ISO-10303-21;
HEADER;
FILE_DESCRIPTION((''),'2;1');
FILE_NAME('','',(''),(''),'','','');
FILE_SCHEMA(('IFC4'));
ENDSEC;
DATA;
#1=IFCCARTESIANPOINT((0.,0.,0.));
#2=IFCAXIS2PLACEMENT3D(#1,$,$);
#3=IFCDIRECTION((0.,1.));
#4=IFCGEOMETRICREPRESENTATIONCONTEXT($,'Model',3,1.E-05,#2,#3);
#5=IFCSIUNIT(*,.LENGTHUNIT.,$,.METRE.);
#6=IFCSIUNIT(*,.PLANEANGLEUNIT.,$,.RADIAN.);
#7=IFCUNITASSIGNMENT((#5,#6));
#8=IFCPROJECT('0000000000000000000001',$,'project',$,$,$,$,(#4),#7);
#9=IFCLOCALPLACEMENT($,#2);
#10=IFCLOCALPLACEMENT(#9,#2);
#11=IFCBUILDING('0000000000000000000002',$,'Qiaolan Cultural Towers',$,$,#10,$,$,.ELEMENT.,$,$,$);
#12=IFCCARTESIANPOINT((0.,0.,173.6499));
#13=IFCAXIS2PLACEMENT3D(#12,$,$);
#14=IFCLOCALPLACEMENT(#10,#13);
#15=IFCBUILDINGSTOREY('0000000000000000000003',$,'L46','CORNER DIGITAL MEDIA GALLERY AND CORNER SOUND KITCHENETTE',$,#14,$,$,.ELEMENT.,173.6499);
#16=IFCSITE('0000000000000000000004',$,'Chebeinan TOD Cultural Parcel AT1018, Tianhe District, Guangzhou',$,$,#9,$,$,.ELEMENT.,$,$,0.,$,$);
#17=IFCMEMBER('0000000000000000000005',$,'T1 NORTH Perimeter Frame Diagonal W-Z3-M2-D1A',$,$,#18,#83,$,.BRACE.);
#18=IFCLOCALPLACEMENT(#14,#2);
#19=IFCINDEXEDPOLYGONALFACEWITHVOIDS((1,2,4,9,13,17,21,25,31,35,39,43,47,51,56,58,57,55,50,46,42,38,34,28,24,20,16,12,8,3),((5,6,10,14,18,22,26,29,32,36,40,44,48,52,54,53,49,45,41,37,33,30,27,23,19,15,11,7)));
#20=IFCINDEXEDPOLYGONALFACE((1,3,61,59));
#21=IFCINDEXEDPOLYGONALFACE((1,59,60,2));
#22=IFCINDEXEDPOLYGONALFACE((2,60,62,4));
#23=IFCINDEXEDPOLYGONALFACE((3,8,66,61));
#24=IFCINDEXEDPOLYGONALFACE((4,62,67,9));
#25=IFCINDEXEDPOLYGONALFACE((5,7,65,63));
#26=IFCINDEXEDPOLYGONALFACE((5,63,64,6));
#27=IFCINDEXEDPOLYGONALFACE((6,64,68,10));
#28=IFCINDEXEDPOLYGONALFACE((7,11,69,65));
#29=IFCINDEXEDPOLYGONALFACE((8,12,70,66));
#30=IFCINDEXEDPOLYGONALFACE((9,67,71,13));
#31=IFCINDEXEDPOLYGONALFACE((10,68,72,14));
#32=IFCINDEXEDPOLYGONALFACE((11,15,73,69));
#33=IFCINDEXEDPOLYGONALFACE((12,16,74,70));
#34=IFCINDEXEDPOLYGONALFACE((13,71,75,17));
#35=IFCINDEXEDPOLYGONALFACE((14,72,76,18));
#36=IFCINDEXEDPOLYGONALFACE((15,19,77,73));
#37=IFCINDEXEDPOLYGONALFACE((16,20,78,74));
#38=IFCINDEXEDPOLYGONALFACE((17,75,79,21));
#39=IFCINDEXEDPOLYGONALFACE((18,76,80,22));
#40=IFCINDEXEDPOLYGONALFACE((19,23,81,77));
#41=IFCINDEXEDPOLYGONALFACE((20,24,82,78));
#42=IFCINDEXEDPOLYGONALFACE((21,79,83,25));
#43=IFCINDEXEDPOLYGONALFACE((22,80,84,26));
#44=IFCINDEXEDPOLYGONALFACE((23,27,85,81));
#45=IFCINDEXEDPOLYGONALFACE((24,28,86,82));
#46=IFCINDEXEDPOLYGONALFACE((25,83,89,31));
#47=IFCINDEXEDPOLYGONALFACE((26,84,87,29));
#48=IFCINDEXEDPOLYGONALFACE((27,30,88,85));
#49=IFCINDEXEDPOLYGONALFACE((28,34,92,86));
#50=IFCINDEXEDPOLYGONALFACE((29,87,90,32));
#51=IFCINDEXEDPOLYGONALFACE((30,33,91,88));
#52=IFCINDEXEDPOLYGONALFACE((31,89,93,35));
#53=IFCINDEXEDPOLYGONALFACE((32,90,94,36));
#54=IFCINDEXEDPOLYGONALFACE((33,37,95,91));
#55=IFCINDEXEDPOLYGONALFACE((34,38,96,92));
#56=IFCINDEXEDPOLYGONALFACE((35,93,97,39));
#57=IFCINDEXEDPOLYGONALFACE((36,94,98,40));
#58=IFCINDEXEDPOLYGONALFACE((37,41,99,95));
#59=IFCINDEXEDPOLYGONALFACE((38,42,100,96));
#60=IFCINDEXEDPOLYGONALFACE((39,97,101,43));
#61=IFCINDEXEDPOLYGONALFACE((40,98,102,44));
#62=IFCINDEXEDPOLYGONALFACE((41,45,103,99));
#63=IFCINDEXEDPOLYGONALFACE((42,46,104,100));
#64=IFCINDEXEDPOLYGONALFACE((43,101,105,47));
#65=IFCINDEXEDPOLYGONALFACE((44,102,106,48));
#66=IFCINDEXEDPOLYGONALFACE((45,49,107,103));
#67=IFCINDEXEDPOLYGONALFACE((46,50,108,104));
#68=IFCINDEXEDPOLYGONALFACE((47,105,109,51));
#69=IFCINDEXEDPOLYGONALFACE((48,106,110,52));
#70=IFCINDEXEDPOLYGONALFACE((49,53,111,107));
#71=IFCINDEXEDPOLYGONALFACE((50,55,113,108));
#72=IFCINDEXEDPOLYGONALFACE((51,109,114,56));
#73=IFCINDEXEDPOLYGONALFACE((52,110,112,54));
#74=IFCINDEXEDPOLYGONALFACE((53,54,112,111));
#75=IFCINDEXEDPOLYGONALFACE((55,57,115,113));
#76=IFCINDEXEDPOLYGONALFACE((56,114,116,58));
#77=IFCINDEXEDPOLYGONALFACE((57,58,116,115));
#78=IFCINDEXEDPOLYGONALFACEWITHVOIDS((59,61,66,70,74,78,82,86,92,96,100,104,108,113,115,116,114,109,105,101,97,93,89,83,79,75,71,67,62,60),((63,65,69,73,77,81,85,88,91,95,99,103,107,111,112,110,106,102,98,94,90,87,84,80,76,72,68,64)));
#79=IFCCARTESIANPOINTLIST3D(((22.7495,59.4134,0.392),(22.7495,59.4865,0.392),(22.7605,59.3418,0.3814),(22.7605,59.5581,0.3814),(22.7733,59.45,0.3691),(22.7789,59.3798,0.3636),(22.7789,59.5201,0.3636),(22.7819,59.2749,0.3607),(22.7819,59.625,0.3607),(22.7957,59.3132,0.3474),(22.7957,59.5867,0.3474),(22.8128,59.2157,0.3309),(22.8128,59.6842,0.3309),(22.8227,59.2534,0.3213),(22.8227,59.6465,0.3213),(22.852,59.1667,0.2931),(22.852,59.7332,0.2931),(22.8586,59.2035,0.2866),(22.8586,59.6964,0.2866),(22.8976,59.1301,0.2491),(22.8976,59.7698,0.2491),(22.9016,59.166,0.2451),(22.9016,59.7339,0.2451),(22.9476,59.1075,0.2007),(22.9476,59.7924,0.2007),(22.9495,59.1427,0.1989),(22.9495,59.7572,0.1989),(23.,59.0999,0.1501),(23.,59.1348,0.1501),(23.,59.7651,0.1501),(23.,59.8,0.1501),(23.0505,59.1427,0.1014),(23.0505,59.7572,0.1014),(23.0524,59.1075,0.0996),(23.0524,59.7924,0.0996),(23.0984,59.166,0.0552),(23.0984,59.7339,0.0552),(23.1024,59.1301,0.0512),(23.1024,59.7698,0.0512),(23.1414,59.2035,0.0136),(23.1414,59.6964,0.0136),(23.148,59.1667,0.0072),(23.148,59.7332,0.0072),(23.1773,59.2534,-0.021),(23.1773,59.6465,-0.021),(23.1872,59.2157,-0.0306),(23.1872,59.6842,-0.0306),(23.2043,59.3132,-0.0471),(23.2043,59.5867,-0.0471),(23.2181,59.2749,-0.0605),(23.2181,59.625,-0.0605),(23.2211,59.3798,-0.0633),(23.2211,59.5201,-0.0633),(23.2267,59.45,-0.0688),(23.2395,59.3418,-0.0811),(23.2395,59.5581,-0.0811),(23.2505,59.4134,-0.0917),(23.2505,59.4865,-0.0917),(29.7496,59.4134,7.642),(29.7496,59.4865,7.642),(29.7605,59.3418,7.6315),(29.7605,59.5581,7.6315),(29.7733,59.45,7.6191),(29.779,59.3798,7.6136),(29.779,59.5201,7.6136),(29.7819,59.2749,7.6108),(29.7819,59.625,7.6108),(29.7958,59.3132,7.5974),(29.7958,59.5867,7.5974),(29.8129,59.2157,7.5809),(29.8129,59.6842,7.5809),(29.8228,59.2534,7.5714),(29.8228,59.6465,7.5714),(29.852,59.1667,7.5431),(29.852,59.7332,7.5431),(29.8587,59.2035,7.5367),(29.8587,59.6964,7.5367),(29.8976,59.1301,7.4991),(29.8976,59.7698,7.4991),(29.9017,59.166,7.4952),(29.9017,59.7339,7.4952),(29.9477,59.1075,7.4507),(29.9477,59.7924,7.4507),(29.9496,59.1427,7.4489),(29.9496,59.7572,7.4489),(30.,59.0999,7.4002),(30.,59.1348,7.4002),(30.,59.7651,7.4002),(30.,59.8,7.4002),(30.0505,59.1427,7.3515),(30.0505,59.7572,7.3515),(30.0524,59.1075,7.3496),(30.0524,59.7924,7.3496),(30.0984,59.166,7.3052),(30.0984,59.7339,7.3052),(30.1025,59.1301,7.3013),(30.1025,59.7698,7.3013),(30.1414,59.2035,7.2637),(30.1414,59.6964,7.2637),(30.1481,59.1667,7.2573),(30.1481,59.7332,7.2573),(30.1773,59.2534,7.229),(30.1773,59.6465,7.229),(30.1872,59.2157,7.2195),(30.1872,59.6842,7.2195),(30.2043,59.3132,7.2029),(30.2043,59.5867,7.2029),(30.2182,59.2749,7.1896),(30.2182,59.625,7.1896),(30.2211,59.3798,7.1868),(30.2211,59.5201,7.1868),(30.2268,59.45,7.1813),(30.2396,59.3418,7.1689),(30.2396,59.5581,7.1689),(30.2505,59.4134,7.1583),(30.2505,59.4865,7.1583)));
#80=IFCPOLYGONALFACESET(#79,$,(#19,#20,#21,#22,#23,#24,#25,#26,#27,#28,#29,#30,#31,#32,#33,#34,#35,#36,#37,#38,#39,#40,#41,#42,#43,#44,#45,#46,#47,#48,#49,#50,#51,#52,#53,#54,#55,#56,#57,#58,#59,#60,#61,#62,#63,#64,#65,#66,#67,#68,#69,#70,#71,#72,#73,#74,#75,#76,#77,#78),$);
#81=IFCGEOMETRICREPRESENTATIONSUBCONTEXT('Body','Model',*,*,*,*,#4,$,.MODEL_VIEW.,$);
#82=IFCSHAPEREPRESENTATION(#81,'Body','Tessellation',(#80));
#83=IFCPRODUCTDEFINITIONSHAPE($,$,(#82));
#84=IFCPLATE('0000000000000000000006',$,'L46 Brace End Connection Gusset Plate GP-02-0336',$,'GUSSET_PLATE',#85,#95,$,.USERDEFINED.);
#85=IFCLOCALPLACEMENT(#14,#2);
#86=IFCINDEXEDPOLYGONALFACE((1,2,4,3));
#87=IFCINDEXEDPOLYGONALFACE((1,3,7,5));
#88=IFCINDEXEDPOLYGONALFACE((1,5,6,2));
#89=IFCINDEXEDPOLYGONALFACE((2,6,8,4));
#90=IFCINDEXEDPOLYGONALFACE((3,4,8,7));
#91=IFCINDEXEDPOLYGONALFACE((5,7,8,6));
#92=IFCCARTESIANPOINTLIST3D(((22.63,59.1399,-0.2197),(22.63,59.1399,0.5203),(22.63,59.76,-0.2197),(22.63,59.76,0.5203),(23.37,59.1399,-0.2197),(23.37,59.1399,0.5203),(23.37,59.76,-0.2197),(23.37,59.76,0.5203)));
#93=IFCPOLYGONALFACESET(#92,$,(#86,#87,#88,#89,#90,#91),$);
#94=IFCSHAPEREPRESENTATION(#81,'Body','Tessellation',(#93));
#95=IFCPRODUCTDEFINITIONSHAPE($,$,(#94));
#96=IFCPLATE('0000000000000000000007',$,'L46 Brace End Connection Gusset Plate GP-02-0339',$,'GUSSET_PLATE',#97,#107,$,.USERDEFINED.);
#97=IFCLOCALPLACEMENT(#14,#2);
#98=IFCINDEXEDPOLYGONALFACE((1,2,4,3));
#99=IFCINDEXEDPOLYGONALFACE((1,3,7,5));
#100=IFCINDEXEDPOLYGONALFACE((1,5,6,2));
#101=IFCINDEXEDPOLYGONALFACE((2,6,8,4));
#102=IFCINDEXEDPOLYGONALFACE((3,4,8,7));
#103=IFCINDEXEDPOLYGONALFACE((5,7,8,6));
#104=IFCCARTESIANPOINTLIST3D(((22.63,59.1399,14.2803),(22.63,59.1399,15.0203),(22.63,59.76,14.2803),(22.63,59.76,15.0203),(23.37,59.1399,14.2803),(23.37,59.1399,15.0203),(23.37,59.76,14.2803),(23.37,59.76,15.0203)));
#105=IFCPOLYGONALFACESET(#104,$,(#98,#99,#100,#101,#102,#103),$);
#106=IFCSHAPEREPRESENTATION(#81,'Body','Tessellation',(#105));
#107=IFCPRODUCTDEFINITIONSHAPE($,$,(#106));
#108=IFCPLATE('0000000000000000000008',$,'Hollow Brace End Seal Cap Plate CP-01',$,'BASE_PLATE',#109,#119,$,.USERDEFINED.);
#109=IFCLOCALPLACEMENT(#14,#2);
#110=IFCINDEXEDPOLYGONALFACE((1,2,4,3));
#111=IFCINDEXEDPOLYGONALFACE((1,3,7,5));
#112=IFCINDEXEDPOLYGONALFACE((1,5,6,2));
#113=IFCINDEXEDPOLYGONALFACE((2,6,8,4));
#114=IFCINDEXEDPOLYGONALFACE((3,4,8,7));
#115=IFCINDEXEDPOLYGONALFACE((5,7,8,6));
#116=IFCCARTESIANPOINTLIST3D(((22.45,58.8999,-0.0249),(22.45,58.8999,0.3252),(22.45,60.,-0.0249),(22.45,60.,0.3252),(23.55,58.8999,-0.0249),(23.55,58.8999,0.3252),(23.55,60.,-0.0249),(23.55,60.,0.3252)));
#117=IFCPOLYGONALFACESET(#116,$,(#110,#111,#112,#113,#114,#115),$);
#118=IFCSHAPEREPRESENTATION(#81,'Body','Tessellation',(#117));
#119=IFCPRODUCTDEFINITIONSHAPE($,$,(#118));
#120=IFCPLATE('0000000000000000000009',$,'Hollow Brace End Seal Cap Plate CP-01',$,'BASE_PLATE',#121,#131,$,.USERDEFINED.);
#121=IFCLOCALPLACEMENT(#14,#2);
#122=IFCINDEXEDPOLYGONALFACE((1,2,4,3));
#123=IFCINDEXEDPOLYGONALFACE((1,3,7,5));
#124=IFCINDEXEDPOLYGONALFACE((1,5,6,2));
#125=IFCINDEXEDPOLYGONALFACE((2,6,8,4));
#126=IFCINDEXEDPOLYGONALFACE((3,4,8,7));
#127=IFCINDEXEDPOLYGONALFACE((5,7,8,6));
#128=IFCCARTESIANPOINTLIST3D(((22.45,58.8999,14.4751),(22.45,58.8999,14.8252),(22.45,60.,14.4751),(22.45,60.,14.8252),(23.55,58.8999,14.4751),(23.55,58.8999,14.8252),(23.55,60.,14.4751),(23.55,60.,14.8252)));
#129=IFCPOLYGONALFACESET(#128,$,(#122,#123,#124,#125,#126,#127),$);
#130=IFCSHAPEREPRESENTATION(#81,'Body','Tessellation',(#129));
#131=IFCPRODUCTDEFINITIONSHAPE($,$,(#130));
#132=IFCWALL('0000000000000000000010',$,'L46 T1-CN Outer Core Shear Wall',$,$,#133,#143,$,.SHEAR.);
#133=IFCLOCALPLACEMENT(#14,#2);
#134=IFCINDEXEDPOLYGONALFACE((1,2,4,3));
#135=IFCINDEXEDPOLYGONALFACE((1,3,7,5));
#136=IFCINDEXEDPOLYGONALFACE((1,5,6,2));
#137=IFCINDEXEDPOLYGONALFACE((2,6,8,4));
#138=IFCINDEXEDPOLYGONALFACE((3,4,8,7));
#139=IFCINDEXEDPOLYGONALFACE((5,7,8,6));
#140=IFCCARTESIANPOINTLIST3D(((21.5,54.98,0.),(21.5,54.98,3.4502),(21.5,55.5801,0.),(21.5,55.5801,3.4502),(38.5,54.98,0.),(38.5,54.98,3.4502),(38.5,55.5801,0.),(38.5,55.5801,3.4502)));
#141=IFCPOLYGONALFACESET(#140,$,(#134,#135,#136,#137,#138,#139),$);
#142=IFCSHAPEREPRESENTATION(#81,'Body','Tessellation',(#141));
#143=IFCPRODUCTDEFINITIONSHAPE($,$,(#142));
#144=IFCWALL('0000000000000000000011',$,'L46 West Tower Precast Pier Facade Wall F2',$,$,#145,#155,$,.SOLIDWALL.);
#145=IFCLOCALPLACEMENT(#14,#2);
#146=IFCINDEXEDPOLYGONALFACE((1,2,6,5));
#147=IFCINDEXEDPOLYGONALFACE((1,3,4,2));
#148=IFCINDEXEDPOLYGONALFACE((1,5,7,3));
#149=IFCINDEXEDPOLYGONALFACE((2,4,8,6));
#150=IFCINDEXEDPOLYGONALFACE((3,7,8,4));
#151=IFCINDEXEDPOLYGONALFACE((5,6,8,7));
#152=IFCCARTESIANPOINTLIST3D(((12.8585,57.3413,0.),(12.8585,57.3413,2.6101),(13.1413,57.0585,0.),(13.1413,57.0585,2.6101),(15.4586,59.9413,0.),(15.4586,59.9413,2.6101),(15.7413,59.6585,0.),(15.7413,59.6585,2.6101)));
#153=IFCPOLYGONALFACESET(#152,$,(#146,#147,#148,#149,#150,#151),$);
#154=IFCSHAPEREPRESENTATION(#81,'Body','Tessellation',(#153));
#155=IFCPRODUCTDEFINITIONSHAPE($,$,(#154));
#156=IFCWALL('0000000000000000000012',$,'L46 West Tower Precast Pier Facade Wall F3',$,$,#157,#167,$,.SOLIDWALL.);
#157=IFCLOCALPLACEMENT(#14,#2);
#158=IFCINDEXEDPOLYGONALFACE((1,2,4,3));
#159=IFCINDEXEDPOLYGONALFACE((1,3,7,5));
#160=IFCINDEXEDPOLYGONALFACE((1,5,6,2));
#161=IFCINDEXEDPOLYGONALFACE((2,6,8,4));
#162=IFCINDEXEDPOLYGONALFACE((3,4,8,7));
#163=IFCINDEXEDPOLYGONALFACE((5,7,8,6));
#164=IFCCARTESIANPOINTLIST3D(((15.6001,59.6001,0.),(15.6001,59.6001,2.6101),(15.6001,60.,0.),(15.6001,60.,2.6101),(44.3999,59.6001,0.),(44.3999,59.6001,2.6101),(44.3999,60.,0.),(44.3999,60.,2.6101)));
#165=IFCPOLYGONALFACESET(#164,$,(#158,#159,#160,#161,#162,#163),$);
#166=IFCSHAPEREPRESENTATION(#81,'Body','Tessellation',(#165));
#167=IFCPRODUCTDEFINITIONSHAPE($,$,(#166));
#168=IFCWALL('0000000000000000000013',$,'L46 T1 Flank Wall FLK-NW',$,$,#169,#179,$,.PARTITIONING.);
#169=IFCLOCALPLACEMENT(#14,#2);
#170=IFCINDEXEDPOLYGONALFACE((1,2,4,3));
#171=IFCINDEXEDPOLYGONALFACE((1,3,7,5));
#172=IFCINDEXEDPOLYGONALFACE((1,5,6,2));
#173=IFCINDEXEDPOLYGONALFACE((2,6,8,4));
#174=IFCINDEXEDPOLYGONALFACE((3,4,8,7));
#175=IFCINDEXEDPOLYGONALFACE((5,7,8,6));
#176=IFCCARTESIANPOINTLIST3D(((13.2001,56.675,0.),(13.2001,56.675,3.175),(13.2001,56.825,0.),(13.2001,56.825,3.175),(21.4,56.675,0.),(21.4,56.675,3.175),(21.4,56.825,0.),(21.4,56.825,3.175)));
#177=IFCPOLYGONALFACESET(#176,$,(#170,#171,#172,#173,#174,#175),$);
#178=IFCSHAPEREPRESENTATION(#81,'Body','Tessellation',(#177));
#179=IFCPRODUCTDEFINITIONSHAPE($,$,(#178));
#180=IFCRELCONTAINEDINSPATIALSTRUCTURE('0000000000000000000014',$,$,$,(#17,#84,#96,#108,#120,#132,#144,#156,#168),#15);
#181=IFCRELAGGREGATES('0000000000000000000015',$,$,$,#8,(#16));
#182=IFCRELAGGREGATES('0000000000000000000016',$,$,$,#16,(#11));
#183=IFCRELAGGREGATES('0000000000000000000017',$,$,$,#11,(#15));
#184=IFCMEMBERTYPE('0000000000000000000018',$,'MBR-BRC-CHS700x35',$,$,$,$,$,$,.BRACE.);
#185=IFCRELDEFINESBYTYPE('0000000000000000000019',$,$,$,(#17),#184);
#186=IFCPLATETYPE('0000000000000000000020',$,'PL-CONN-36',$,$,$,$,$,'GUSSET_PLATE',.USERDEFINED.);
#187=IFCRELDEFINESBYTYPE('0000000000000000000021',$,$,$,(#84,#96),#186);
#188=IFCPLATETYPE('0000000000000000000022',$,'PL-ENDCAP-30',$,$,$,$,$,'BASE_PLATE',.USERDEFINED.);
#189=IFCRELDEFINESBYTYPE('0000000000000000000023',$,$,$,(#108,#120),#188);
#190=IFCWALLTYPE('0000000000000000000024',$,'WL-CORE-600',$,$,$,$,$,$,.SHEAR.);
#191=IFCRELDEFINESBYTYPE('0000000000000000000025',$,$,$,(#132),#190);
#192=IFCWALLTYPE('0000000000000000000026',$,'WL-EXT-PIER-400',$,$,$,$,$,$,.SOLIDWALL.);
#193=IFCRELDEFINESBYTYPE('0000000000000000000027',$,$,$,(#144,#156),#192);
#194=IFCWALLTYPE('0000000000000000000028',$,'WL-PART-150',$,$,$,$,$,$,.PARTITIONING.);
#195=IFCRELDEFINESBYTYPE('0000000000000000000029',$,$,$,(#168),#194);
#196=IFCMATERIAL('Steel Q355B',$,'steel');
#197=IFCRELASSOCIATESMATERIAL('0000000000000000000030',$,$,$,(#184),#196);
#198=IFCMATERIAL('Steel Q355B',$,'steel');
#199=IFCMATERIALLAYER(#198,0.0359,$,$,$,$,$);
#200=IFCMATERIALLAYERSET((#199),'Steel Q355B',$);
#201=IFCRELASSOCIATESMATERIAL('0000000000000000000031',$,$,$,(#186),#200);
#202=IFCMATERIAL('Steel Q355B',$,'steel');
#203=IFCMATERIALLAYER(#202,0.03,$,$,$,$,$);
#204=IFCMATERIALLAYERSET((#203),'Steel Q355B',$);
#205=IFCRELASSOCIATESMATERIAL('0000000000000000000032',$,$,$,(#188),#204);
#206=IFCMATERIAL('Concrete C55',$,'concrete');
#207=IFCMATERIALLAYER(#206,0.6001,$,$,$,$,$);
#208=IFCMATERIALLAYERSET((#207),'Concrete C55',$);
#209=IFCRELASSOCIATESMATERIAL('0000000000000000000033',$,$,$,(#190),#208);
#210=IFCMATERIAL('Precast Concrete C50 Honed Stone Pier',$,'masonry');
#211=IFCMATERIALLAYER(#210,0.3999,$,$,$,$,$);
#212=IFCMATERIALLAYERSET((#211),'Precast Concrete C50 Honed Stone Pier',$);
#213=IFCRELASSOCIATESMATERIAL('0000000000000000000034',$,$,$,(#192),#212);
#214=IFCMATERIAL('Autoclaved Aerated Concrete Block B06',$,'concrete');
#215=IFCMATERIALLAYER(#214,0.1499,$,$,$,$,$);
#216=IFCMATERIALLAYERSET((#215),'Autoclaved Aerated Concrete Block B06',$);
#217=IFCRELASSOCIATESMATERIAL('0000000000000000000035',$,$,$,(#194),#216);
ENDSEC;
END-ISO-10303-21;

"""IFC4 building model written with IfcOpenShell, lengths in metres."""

from ifc_helpers import new_model, si_unit, direction, frame, frame_2d, origin, origin_2d, place, context, subcontext, project, spatial, rectangle, hollow_circle, extrude, material, layer, layer_set, material_profile, profile_set, type_object, element, save


model = new_model("IFC4")

# Units and contexts
model_context = context("Model", 3, precision=1e-05, world=origin(), true_north=direction((0.0, 1.0)))
body_context = subcontext(model_context, "Body", "Model", "MODEL_VIEW")
ifc_project = project(units=[si_unit("LENGTHUNIT", "METRE"), si_unit("PLANEANGLEUNIT", "RADIAN")], contexts=[model_context])

# Site, building, storey
site_placement = place(None, origin())
site = spatial("IfcSite", under=ifc_project, at=site_placement, Name="Chebeinan TOD Cultural Parcel AT1018, Tianhe District, Guangzhou", CompositionType="ELEMENT", RefElevation=0.0)
building_placement = place(site_placement, origin())
building = spatial("IfcBuilding", under=site, at=building_placement, Name="Qiaolan Cultural Towers", CompositionType="ELEMENT")
storey_placement = place(building_placement, frame((0.0, 0.0, 173.6499)))
storey = spatial("IfcBuildingStorey", under=building, at=storey_placement, Name="L46", Description="CORNER DIGITAL MEDIA GALLERY AND CORNER SOUND KITCHENETTE", CompositionType="ELEMENT", Elevation=173.6499)

# Member
ifc_material_1 = material(Name="Steel Q355B", Category="steel")
ifc_material_profile_1 = material_profile(ifc_material_1, hollow_circle(Radius=0.3501, WallThickness=0.0349, at=origin_2d()), Name="CHS700x35")
ifc_profile_set_1 = profile_set([ifc_material_profile_1], Name="Steel Q355B")
member_type = type_object("IfcMemberType", Name="MBR-BRC-CHS700x35", PredefinedType="BRACE", material=ifc_profile_set_1)
member_placement = place(storey_placement, frame((23.0, 59.45, 0.1501), z_axis=(0.694595, 0.0, 0.719401), x_axis=(0.0, 1.0, 0.0)))
element("IfcMember", 1, at=member_placement, inside=storey, type_object=member_type, Name="T1 NORTH Perimeter Frame Diagonal W-Z3-M2-D1A", PredefinedType="BRACE", context=body_context, shape_type="SweptSolid", body=[
    extrude(hollow_circle(Radius=0.3501, WallThickness=0.0349, at=origin_2d()), origin(), (0.0, 0.0, 1.0), 10.0779),
])

# Plates
ifc_material_2 = material(Name="Steel Q355B", Category="steel")
ifc_layer_1 = layer(ifc_material_2, 0.0359)
ifc_layer_set_1 = layer_set([ifc_layer_1], Name="Steel Q355B")
plate_type_1 = type_object("IfcPlateType", Name="PL-CONN-36", ElementType="GUSSET_PLATE", PredefinedType="USERDEFINED", material=ifc_layer_set_1)
for number, where, z_axis, x_axis, name in (
    (2, (23.0, 59.45, -0.2197), (0.0, 0.0, 1.0), (1.0, 0.0, 0.0), "L46 Brace End Connection Gusset Plate GP-02-0336"),
    (3, (23.0, 59.45, 14.2803), (0.0, 0.0, 1.0), (1.0, 0.0, 0.0), "L46 Brace End Connection Gusset Plate GP-02-0339"),
):
    element("IfcPlate", number, at=place(storey_placement, frame(where, z_axis=z_axis, x_axis=x_axis)), inside=storey, type_object=plate_type_1, Name=name, ObjectType="GUSSET_PLATE", PredefinedType="USERDEFINED", context=body_context, shape_type="SweptSolid", body=[
        extrude(rectangle(XDim=0.74, YDim=0.6201, at=origin_2d()), origin(), (0.0, 0.0, 1.0), 0.74),
    ])
ifc_material_3 = material(Name="Steel Q355B", Category="steel")
ifc_layer_2 = layer(ifc_material_3, 0.03)
ifc_layer_set_2 = layer_set([ifc_layer_2], Name="Steel Q355B")
plate_type_2 = type_object("IfcPlateType", Name="PL-ENDCAP-30", ElementType="BASE_PLATE", PredefinedType="USERDEFINED", material=ifc_layer_set_2)
for number, where, z_axis, x_axis, name in (
    (4, (23.0, 59.45, -0.0249), (0.0, 0.0, 1.0), (1.0, 0.0, 0.0), "Hollow Brace End Seal Cap Plate CP-01"),
    (5, (23.0, 59.45, 14.4751), (0.0, 0.0, 1.0), (1.0, 0.0, 0.0), "Hollow Brace End Seal Cap Plate CP-01"),
):
    element("IfcPlate", number, at=place(storey_placement, frame(where, z_axis=z_axis, x_axis=x_axis)), inside=storey, type_object=plate_type_2, Name=name, ObjectType="BASE_PLATE", PredefinedType="USERDEFINED", context=body_context, shape_type="SweptSolid", body=[
        extrude(rectangle(XDim=1.1001, YDim=1.1001, at=origin_2d()), origin(), (0.0, 0.0, 1.0), 0.3501),
    ])

# Walls
ifc_material_4 = material(Name="Concrete C55", Category="concrete")
ifc_layer_3 = layer(ifc_material_4, 0.6001)
ifc_layer_set_3 = layer_set([ifc_layer_3], Name="Concrete C55")
wall_type_1 = type_object("IfcWallType", Name="WL-CORE-600", PredefinedType="SHEAR", material=ifc_layer_set_3)
wall_1_placement = place(storey_placement, frame((21.5, 55.28, 0.0), z_axis=(0.0, 0.0, 1.0), x_axis=(1.0, 0.0, 0.0)))
element("IfcWall", 6, at=wall_1_placement, inside=storey, type_object=wall_type_1, Name="L46 T1-CN Outer Core Shear Wall", PredefinedType="SHEAR", context=body_context, shape_type="SweptSolid", body=[
    extrude(rectangle(XDim=17.0, YDim=0.6001, at=frame_2d((8.5, 0.0))), origin(), (0.0, 0.0, 1.0), 3.4502),
])
ifc_material_5 = material(Name="Precast Concrete C50 Honed Stone Pier", Category="masonry")
ifc_layer_4 = layer(ifc_material_5, 0.3999)
ifc_layer_set_4 = layer_set([ifc_layer_4], Name="Precast Concrete C50 Honed Stone Pier")
wall_type_2 = type_object("IfcWallType", Name="WL-EXT-PIER-400", PredefinedType="SOLIDWALL", material=ifc_layer_set_4)
wall_2_placement = place(storey_placement, frame((13.0, 57.2, 0.0), z_axis=(0.0, 0.0, 1.0), x_axis=(0.707107, 0.707107, 0.0)))
element("IfcWall", 7, at=wall_2_placement, inside=storey, type_object=wall_type_2, Name="L46 West Tower Precast Pier Facade Wall F2", PredefinedType="SOLIDWALL", context=body_context, shape_type="SweptSolid", body=[
    extrude(rectangle(XDim=3.677, YDim=0.3999, at=frame_2d((1.8384, 0.0))), origin(), (0.0, 0.0, 1.0), 2.6101),
])
wall_3_placement = place(storey_placement, frame((15.6001, 59.8, 0.0), z_axis=(0.0, 0.0, 1.0), x_axis=(1.0, 0.0, 0.0)))
element("IfcWall", 8, at=wall_3_placement, inside=storey, type_object=wall_type_2, Name="L46 West Tower Precast Pier Facade Wall F3", PredefinedType="SOLIDWALL", context=body_context, shape_type="SweptSolid", body=[
    extrude(rectangle(XDim=28.7998, YDim=0.3999, at=frame_2d((14.3999, 0.0))), origin(), (0.0, 0.0, 1.0), 2.6101),
])
ifc_material_6 = material(Name="Autoclaved Aerated Concrete Block B06", Category="concrete")
ifc_layer_5 = layer(ifc_material_6, 0.1499)
ifc_layer_set_5 = layer_set([ifc_layer_5], Name="Autoclaved Aerated Concrete Block B06")
wall_type_3 = type_object("IfcWallType", Name="WL-PART-150", PredefinedType="PARTITIONING", material=ifc_layer_set_5)
wall_4_placement = place(storey_placement, frame((13.2, 56.75, 0.0), z_axis=(0.0, 0.0, 1.0), x_axis=(1.0, 0.0, 0.0)))
element("IfcWall", 9, at=wall_4_placement, inside=storey, type_object=wall_type_3, Name="L46 T1 Flank Wall FLK-NW", PredefinedType="PARTITIONING", context=body_context, shape_type="SweptSolid", body=[
    extrude(rectangle(XDim=8.2, YDim=0.1499, at=frame_2d((4.1001, 0.0))), origin(), (0.0, 0.0, 1.0), 3.175),
])

save(model, "model.ifc")
